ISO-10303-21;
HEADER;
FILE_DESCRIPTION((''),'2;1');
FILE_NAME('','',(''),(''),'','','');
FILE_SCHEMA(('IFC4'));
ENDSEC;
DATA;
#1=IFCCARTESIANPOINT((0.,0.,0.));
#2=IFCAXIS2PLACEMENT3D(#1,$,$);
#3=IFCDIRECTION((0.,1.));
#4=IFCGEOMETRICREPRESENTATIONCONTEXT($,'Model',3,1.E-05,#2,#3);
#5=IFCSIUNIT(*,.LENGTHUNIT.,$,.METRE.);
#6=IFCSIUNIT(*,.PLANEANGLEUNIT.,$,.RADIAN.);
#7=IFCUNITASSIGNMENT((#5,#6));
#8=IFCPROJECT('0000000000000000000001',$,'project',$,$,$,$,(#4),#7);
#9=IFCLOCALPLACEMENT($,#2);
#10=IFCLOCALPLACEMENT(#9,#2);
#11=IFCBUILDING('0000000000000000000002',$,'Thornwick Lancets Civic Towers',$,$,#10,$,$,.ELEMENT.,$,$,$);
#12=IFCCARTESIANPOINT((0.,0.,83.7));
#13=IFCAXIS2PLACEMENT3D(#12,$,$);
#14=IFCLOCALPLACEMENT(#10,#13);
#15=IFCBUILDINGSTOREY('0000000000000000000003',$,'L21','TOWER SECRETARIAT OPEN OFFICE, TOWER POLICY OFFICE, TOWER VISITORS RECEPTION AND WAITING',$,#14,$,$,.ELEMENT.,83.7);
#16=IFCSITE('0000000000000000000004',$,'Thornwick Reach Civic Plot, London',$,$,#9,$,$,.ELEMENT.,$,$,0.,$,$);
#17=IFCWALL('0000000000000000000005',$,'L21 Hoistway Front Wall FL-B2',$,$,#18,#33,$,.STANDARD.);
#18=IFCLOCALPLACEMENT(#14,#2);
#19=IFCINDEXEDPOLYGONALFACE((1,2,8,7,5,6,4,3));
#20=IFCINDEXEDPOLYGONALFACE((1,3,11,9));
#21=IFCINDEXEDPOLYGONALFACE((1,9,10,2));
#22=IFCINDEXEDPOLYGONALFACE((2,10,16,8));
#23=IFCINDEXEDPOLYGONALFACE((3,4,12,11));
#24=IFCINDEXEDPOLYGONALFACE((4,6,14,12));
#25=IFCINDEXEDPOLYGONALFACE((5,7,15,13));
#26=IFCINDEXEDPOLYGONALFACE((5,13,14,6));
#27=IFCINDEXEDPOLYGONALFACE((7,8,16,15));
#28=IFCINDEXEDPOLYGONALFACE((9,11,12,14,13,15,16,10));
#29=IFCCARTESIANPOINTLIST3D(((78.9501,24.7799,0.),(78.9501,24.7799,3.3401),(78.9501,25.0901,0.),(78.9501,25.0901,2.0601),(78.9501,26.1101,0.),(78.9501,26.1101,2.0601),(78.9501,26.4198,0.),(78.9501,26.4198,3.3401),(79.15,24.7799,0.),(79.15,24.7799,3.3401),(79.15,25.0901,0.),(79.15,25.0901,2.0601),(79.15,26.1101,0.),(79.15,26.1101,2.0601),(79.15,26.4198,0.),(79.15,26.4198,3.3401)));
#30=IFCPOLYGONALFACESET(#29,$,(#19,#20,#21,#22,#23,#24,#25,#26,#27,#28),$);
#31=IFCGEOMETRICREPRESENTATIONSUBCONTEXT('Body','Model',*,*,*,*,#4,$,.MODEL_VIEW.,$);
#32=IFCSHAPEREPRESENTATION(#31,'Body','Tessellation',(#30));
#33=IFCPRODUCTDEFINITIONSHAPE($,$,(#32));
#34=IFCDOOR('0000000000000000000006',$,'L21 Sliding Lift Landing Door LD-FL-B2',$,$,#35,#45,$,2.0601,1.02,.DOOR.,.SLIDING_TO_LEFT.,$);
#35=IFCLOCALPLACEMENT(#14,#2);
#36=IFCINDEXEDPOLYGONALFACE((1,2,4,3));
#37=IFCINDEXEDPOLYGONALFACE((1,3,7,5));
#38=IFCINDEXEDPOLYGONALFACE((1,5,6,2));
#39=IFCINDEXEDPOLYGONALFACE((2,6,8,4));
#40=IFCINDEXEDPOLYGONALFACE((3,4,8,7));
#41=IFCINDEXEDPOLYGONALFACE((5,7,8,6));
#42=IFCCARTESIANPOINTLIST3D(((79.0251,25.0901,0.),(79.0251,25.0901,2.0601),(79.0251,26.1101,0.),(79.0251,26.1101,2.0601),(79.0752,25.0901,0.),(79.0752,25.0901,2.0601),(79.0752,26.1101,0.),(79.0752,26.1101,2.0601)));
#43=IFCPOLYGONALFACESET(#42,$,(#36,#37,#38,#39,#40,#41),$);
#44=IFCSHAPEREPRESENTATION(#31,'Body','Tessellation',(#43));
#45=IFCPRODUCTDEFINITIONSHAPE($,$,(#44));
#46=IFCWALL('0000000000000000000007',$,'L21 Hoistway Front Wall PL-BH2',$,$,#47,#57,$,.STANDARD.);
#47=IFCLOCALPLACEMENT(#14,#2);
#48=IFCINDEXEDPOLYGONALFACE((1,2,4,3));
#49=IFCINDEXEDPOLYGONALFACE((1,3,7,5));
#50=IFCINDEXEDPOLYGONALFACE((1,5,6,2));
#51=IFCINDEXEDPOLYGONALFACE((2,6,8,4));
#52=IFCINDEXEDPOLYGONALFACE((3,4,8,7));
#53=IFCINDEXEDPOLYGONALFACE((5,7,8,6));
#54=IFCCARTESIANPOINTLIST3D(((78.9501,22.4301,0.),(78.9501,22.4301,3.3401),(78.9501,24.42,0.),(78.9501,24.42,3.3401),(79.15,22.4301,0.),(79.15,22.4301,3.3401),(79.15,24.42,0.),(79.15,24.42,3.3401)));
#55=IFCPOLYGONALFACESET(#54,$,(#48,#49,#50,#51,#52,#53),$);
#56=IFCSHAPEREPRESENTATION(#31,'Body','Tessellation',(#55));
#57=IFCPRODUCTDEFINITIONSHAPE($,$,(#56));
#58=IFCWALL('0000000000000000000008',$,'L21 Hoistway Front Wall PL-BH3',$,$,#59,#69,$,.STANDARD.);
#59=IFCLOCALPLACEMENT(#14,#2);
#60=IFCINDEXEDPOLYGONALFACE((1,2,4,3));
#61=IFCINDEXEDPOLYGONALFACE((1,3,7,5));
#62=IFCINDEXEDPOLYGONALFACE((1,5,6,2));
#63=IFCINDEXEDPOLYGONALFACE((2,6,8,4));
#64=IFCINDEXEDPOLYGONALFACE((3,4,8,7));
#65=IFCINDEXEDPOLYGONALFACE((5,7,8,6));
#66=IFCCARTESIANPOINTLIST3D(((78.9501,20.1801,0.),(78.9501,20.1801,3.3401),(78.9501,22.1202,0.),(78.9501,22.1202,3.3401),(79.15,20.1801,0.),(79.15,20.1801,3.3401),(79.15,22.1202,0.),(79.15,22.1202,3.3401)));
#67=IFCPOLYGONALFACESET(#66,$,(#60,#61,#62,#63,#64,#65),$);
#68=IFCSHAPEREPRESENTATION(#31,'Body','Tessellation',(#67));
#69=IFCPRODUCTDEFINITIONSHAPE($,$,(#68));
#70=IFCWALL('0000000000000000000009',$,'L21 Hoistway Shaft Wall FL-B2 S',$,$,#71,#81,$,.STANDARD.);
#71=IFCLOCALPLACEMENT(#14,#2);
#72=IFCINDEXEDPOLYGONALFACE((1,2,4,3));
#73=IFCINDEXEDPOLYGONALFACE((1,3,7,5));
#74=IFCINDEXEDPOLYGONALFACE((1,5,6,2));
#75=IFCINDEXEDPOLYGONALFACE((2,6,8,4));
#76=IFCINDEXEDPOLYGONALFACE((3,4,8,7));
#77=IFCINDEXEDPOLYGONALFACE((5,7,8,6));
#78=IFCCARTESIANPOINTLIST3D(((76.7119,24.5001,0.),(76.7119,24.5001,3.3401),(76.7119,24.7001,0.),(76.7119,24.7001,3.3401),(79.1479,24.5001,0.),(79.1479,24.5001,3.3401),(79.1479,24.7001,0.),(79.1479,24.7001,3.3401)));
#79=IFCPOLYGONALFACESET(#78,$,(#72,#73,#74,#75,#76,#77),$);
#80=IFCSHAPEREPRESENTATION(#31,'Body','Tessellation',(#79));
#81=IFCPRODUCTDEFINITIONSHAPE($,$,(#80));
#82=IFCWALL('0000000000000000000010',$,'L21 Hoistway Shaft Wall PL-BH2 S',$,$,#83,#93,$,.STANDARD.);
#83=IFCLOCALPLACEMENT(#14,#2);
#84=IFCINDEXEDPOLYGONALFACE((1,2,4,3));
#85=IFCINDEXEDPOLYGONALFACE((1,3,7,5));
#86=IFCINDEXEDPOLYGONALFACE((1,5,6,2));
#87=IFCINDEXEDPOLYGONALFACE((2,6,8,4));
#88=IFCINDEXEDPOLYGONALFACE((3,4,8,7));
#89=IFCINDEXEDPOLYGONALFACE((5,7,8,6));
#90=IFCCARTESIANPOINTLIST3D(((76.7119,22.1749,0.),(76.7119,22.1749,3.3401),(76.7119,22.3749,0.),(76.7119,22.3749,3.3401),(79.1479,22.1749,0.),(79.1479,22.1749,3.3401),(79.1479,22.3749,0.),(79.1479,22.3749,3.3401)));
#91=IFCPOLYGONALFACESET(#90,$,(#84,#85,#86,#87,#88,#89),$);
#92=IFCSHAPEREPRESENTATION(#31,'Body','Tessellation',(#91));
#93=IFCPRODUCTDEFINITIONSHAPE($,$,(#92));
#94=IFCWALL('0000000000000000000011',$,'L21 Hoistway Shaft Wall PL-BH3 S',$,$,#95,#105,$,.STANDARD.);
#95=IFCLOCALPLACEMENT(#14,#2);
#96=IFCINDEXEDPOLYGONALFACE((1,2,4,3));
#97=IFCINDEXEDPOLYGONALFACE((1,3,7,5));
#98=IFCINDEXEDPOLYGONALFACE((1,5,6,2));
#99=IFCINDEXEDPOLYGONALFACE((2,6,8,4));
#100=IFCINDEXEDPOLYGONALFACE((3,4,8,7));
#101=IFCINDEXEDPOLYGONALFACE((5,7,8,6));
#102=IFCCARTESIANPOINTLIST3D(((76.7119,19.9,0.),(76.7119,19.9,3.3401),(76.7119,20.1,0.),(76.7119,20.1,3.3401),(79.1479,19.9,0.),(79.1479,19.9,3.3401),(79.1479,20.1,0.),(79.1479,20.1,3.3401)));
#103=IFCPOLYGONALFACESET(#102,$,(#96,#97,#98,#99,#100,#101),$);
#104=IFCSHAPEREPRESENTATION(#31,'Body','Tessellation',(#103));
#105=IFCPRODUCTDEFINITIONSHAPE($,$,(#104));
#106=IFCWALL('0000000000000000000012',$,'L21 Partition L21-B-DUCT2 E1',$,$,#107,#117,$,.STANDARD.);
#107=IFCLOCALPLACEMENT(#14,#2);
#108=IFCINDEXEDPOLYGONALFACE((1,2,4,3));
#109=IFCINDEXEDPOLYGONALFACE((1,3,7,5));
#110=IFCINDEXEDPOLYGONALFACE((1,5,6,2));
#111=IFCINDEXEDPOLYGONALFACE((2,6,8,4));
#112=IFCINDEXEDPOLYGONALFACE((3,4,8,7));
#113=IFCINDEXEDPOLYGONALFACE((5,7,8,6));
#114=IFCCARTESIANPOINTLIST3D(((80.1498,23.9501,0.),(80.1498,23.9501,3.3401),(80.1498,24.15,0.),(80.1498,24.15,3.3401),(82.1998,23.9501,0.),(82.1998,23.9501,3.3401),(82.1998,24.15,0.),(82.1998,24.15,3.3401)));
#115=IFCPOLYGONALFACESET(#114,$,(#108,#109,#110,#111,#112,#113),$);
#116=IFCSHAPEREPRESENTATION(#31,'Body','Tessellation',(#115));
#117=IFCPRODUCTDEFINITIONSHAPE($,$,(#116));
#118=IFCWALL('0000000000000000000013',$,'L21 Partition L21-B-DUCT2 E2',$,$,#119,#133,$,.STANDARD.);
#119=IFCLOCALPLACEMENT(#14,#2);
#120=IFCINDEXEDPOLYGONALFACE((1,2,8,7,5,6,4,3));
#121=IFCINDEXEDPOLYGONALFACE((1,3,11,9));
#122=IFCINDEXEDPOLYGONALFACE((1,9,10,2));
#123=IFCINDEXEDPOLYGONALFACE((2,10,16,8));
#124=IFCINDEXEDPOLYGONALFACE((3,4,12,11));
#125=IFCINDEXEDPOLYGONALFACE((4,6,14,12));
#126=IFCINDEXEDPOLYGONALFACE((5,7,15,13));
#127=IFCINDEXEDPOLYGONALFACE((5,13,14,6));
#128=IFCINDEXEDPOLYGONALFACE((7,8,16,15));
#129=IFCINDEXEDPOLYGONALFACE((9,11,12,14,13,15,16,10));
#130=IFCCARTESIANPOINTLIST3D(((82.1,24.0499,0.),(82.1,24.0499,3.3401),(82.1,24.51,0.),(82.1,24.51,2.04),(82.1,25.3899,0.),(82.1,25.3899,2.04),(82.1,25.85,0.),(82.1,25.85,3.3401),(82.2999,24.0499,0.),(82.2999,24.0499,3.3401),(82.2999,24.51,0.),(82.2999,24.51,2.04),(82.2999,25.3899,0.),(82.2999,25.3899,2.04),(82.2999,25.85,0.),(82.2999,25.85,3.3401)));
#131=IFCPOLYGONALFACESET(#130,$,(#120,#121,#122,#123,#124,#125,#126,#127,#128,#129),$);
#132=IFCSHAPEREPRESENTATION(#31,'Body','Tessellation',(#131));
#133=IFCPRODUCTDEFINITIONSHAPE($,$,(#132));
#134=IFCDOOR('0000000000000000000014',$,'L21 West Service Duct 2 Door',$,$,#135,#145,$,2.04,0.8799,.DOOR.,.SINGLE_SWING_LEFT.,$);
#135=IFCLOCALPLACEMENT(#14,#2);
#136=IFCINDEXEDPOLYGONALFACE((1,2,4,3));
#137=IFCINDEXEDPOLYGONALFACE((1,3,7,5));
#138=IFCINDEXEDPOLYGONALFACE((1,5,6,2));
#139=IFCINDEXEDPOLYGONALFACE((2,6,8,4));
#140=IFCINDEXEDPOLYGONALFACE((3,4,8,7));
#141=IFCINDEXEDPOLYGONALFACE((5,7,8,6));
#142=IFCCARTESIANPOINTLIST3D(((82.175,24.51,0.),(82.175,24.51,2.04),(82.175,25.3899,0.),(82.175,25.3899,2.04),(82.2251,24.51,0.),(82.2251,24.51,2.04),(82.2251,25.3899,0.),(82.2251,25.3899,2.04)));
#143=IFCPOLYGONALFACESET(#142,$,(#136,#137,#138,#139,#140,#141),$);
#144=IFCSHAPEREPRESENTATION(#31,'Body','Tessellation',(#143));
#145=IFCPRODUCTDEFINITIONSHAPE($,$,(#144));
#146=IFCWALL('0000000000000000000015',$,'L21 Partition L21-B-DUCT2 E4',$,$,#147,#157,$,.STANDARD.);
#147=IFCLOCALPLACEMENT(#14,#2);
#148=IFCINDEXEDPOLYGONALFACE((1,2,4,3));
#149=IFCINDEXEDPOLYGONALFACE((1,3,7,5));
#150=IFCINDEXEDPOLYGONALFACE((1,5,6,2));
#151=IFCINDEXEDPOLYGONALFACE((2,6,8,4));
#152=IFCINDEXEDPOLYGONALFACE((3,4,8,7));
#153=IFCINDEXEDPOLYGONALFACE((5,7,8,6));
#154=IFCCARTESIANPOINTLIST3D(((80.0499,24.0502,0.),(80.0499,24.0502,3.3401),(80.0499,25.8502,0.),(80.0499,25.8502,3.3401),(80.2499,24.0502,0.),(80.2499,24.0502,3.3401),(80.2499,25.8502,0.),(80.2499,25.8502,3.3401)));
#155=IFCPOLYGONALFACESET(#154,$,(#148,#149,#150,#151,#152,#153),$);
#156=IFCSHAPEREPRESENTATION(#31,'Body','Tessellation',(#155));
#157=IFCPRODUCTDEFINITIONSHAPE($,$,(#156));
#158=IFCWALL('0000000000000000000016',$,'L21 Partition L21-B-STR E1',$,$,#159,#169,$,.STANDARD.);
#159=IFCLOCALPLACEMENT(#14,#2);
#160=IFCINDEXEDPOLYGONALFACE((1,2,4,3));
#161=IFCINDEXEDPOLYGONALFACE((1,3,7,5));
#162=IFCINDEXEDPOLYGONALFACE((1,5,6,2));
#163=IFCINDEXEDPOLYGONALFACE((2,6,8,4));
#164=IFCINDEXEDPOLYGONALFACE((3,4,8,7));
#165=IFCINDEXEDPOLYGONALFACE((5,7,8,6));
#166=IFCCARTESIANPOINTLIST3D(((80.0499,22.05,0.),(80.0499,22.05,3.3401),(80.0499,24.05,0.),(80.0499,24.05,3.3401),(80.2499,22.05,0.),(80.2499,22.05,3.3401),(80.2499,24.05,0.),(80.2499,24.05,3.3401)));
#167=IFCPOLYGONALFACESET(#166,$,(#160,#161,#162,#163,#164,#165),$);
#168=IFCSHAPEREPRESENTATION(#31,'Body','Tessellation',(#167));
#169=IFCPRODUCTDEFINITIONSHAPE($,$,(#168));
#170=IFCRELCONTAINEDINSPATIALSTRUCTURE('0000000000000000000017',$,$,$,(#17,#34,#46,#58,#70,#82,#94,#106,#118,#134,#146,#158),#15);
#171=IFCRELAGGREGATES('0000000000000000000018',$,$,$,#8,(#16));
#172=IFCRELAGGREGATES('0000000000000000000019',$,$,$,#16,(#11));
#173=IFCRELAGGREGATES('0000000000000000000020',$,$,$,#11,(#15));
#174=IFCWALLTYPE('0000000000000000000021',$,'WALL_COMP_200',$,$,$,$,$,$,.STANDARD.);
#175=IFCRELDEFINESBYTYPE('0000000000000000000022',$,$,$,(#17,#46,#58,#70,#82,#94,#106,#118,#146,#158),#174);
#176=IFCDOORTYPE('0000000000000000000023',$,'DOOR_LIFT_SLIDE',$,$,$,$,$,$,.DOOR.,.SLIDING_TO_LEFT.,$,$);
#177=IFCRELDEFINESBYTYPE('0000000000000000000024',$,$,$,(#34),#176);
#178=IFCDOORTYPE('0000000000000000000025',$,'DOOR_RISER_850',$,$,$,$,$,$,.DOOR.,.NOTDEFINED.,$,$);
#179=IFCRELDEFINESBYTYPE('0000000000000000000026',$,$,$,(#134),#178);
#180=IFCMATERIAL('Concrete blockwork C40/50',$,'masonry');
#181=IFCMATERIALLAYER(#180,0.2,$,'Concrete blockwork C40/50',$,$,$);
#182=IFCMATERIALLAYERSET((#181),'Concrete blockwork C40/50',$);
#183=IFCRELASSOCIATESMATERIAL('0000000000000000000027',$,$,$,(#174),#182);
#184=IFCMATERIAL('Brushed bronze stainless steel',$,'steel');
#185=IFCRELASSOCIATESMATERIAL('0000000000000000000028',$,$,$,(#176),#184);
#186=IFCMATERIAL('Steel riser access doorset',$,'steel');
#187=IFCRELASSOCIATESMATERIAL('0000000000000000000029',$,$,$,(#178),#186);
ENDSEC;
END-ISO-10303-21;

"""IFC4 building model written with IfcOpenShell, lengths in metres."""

from ifc_helpers import new_model, si_unit, direction, frame, frame_2d, origin, place, context, subcontext, project, spatial, rectangle, extrude, material, layer, layer_set, type_object, element, fill, save


model = new_model("IFC4")

# Units and contexts
model_context = context("Model", 3, precision=1e-05, world=origin(), true_north=direction((0.0, 1.0)))
body_context = subcontext(model_context, "Body", "Model", "MODEL_VIEW")
ifc_project = project(units=[si_unit("LENGTHUNIT", "METRE"), si_unit("PLANEANGLEUNIT", "RADIAN")], contexts=[model_context])

# Site, building, storey
site_placement = place(None, origin())
site = spatial("IfcSite", under=ifc_project, at=site_placement, Name="Thornwick Reach Civic Plot, London", CompositionType="ELEMENT", RefElevation=0.0)
building_placement = place(site_placement, origin())
building = spatial("IfcBuilding", under=site, at=building_placement, Name="Thornwick Lancets Civic Towers", CompositionType="ELEMENT")
storey_placement = place(building_placement, frame((0.0, 0.0, 83.7)))
storey = spatial("IfcBuildingStorey", under=building, at=storey_placement, Name="L21", Description="TOWER SECRETARIAT OPEN OFFICE, TOWER POLICY OFFICE, TOWER VISITORS RECEPTION AND WAITING", CompositionType="ELEMENT", Elevation=83.7)

# Wall, opening, door
ifc_material_1 = material(Name="Concrete blockwork C40/50", Category="masonry")
ifc_layer_1 = layer(ifc_material_1, 0.2, Name="Concrete blockwork C40/50")
ifc_layer_set_1 = layer_set([ifc_layer_1], Name="Concrete blockwork C40/50")
wall_type_1 = type_object("IfcWallType", Name="WALL_COMP_200", PredefinedType="STANDARD", material=ifc_layer_set_1)
wall_1_placement = place(storey_placement, frame((79.05, 24.78, 0.0), z_axis=(0.0, 0.0, 1.0), x_axis=(0.0, 1.0, 0.0)))
wall_1 = element("IfcWall", 1, at=wall_1_placement, inside=storey, type_object=wall_type_1, Name="L21 Hoistway Front Wall FL-B2", PredefinedType="STANDARD", context=body_context, shape_type="SweptSolid", body=[
    extrude(rectangle(XDim=1.6399, YDim=0.2, at=frame_2d((0.8198, 0.0))), origin(), (0.0, 0.0, 1.0), 3.3401),
])
opening_1_placement = place(wall_1_placement, frame((0.3101, 0.0, 0.0)))
opening_1 = element("IfcOpeningElement", 2, at=opening_1_placement, cuts=wall_1, PredefinedType="OPENING", context=body_context, shape_type="SweptSolid", body=[
    extrude(rectangle(XDim=1.02, YDim=2.0601, at=frame_2d((0.51, 1.03))), frame((0.0, 0.1099, 0.0), z_axis=(0.0, -1.0, 0.0), x_axis=(1.0, 0.0, 0.0)), (0.0, 0.0, 1.0), 0.22),
])
ifc_material_2 = material(Name="Brushed bronze stainless steel", Category="steel")
door_type_1 = type_object("IfcDoorType", Name="DOOR_LIFT_SLIDE", OperationType="SLIDING_TO_LEFT", PredefinedType="DOOR", material=ifc_material_2)
door_1_placement = place(opening_1_placement, origin())
door_1 = element("IfcDoor", 3, at=door_1_placement, inside=storey, type_object=door_type_1, Name="L21 Sliding Lift Landing Door LD-FL-B2", OperationType="SLIDING_TO_LEFT", OverallHeight=2.0601, OverallWidth=1.02, PredefinedType="DOOR", context=body_context, shape_type="SweptSolid", body=[
    extrude(rectangle(XDim=1.02, YDim=2.0601, at=frame_2d((0.51, 1.03))), frame((0.0, 0.0249, 0.0), z_axis=(0.0, -1.0, 0.0), x_axis=(1.0, 0.0, 0.0)), (0.0, 0.0, 1.0), 0.05),
])
fill(opening_1, door_1)

# Walls
wall_2_placement = place(storey_placement, frame((79.05, 22.4299, 0.0), z_axis=(0.0, 0.0, 1.0), x_axis=(0.0, 1.0, 0.0)))
element("IfcWall", 4, at=wall_2_placement, inside=storey, type_object=wall_type_1, Name="L21 Hoistway Front Wall PL-BH2", PredefinedType="STANDARD", context=body_context, shape_type="SweptSolid", body=[
    extrude(rectangle(XDim=1.99, YDim=0.2, at=frame_2d((0.9951, 0.0))), origin(), (0.0, 0.0, 1.0), 3.3401),
])
wall_3_placement = place(storey_placement, frame((79.05, 20.1799, 0.0), z_axis=(0.0, 0.0, 1.0), x_axis=(0.0, 1.0, 0.0)))
element("IfcWall", 5, at=wall_3_placement, inside=storey, type_object=wall_type_1, Name="L21 Hoistway Front Wall PL-BH3", PredefinedType="STANDARD", context=body_context, shape_type="SweptSolid", body=[
    extrude(rectangle(XDim=1.9402, YDim=0.2, at=frame_2d((0.9702, 0.0))), origin(), (0.0, 0.0, 1.0), 3.3401),
])
for number, where, z_axis, x_axis, name in (
    (6, (76.7119, 24.6001, 0.0), (0.0, 0.0, 1.0), (1.0, 0.0, 0.0), "L21 Hoistway Shaft Wall FL-B2 S"),
    (7, (76.7119, 22.2749, 0.0), (0.0, 0.0, 1.0), (1.0, 0.0, 0.0), "L21 Hoistway Shaft Wall PL-BH2 S"),
    (8, (76.7119, 20.0, 0.0), (0.0, 0.0, 1.0), (1.0, 0.0, 0.0), "L21 Hoistway Shaft Wall PL-BH3 S"),
):
    element("IfcWall", number, at=place(storey_placement, frame(where, z_axis=z_axis, x_axis=x_axis)), inside=storey, type_object=wall_type_1, Name=name, PredefinedType="STANDARD", context=body_context, shape_type="SweptSolid", body=[
        extrude(rectangle(XDim=2.436, YDim=0.2, at=frame_2d((1.218, 0.0))), origin(), (0.0, 0.0, 1.0), 3.3401),
    ])
wall_4_placement = place(storey_placement, frame((80.1499, 24.05, 0.0), z_axis=(0.0, 0.0, 1.0), x_axis=(1.0, 0.0, 0.0)))
element("IfcWall", 9, at=wall_4_placement, inside=storey, type_object=wall_type_1, Name="L21 Partition L21-B-DUCT2 E1", PredefinedType="STANDARD", context=body_context, shape_type="SweptSolid", body=[
    extrude(rectangle(XDim=2.05, YDim=0.2, at=frame_2d((1.0249, 0.0))), origin(), (0.0, 0.0, 1.0), 3.3401),
])

# Wall, opening, door
wall_5_placement = place(storey_placement, frame((82.2, 24.05, 0.0), z_axis=(0.0, 0.0, 1.0), x_axis=(0.0, 1.0, 0.0)))
wall_5 = element("IfcWall", 10, at=wall_5_placement, inside=storey, type_object=wall_type_1, Name="L21 Partition L21-B-DUCT2 E2", PredefinedType="STANDARD", context=body_context, shape_type="SweptSolid", body=[
    extrude(rectangle(XDim=1.8, YDim=0.2, at=frame_2d((0.8999, 0.0))), origin(), (0.0, 0.0, 1.0), 3.3401),
])
opening_2_placement = place(wall_5_placement, frame((0.46, 0.0, 0.0)))
opening_2 = element("IfcOpeningElement", 11, at=opening_2_placement, cuts=wall_5, PredefinedType="OPENING", context=body_context, shape_type="SweptSolid", body=[
    extrude(rectangle(XDim=0.8799, YDim=2.04, at=frame_2d((0.4399, 1.02))), frame((0.0, 0.1099, 0.0), z_axis=(0.0, -1.0, 0.0), x_axis=(1.0, 0.0, 0.0)), (0.0, 0.0, 1.0), 0.22),
])
ifc_material_3 = material(Name="Steel riser access doorset", Category="steel")
door_type_2 = type_object("IfcDoorType", Name="DOOR_RISER_850", OperationType="NOTDEFINED", PredefinedType="DOOR", material=ifc_material_3)
door_2_placement = place(opening_2_placement, origin())
door_2 = element("IfcDoor", 12, at=door_2_placement, inside=storey, type_object=door_type_2, Name="L21 West Service Duct 2 Door", OperationType="SINGLE_SWING_LEFT", OverallHeight=2.04, OverallWidth=0.8799, PredefinedType="DOOR", context=body_context, shape_type="SweptSolid", body=[
    extrude(rectangle(XDim=0.8799, YDim=2.04, at=frame_2d((0.4399, 1.02))), frame((0.0, 0.0249, 0.0), z_axis=(0.0, -1.0, 0.0), x_axis=(1.0, 0.0, 0.0)), (0.0, 0.0, 1.0), 0.05),
])
fill(opening_2, door_2)

# Walls
wall_6_placement = place(storey_placement, frame((80.1499, 25.8501, 0.0), z_axis=(0.0, 0.0, 1.0), x_axis=(0.0, -1.0, 0.0)))
element("IfcWall", 13, at=wall_6_placement, inside=storey, type_object=wall_type_1, Name="L21 Partition L21-B-DUCT2 E4", PredefinedType="STANDARD", context=body_context, shape_type="SweptSolid", body=[
    extrude(rectangle(XDim=1.8, YDim=0.2, at=frame_2d((0.8999, 0.0))), origin(), (0.0, 0.0, 1.0), 3.3401),
])
wall_7_placement = place(storey_placement, frame((80.1499, 22.05, 0.0), z_axis=(0.0, 0.0, 1.0), x_axis=(0.0, 1.0, 0.0)))
element("IfcWall", 14, at=wall_7_placement, inside=storey, type_object=wall_type_1, Name="L21 Partition L21-B-STR E1", PredefinedType="STANDARD", context=body_context, shape_type="SweptSolid", body=[
    extrude(rectangle(XDim=2.0, YDim=0.2, at=frame_2d((1.0, 0.0))), origin(), (0.0, 0.0, 1.0), 3.3401),
])

save(model, "model.ifc")
